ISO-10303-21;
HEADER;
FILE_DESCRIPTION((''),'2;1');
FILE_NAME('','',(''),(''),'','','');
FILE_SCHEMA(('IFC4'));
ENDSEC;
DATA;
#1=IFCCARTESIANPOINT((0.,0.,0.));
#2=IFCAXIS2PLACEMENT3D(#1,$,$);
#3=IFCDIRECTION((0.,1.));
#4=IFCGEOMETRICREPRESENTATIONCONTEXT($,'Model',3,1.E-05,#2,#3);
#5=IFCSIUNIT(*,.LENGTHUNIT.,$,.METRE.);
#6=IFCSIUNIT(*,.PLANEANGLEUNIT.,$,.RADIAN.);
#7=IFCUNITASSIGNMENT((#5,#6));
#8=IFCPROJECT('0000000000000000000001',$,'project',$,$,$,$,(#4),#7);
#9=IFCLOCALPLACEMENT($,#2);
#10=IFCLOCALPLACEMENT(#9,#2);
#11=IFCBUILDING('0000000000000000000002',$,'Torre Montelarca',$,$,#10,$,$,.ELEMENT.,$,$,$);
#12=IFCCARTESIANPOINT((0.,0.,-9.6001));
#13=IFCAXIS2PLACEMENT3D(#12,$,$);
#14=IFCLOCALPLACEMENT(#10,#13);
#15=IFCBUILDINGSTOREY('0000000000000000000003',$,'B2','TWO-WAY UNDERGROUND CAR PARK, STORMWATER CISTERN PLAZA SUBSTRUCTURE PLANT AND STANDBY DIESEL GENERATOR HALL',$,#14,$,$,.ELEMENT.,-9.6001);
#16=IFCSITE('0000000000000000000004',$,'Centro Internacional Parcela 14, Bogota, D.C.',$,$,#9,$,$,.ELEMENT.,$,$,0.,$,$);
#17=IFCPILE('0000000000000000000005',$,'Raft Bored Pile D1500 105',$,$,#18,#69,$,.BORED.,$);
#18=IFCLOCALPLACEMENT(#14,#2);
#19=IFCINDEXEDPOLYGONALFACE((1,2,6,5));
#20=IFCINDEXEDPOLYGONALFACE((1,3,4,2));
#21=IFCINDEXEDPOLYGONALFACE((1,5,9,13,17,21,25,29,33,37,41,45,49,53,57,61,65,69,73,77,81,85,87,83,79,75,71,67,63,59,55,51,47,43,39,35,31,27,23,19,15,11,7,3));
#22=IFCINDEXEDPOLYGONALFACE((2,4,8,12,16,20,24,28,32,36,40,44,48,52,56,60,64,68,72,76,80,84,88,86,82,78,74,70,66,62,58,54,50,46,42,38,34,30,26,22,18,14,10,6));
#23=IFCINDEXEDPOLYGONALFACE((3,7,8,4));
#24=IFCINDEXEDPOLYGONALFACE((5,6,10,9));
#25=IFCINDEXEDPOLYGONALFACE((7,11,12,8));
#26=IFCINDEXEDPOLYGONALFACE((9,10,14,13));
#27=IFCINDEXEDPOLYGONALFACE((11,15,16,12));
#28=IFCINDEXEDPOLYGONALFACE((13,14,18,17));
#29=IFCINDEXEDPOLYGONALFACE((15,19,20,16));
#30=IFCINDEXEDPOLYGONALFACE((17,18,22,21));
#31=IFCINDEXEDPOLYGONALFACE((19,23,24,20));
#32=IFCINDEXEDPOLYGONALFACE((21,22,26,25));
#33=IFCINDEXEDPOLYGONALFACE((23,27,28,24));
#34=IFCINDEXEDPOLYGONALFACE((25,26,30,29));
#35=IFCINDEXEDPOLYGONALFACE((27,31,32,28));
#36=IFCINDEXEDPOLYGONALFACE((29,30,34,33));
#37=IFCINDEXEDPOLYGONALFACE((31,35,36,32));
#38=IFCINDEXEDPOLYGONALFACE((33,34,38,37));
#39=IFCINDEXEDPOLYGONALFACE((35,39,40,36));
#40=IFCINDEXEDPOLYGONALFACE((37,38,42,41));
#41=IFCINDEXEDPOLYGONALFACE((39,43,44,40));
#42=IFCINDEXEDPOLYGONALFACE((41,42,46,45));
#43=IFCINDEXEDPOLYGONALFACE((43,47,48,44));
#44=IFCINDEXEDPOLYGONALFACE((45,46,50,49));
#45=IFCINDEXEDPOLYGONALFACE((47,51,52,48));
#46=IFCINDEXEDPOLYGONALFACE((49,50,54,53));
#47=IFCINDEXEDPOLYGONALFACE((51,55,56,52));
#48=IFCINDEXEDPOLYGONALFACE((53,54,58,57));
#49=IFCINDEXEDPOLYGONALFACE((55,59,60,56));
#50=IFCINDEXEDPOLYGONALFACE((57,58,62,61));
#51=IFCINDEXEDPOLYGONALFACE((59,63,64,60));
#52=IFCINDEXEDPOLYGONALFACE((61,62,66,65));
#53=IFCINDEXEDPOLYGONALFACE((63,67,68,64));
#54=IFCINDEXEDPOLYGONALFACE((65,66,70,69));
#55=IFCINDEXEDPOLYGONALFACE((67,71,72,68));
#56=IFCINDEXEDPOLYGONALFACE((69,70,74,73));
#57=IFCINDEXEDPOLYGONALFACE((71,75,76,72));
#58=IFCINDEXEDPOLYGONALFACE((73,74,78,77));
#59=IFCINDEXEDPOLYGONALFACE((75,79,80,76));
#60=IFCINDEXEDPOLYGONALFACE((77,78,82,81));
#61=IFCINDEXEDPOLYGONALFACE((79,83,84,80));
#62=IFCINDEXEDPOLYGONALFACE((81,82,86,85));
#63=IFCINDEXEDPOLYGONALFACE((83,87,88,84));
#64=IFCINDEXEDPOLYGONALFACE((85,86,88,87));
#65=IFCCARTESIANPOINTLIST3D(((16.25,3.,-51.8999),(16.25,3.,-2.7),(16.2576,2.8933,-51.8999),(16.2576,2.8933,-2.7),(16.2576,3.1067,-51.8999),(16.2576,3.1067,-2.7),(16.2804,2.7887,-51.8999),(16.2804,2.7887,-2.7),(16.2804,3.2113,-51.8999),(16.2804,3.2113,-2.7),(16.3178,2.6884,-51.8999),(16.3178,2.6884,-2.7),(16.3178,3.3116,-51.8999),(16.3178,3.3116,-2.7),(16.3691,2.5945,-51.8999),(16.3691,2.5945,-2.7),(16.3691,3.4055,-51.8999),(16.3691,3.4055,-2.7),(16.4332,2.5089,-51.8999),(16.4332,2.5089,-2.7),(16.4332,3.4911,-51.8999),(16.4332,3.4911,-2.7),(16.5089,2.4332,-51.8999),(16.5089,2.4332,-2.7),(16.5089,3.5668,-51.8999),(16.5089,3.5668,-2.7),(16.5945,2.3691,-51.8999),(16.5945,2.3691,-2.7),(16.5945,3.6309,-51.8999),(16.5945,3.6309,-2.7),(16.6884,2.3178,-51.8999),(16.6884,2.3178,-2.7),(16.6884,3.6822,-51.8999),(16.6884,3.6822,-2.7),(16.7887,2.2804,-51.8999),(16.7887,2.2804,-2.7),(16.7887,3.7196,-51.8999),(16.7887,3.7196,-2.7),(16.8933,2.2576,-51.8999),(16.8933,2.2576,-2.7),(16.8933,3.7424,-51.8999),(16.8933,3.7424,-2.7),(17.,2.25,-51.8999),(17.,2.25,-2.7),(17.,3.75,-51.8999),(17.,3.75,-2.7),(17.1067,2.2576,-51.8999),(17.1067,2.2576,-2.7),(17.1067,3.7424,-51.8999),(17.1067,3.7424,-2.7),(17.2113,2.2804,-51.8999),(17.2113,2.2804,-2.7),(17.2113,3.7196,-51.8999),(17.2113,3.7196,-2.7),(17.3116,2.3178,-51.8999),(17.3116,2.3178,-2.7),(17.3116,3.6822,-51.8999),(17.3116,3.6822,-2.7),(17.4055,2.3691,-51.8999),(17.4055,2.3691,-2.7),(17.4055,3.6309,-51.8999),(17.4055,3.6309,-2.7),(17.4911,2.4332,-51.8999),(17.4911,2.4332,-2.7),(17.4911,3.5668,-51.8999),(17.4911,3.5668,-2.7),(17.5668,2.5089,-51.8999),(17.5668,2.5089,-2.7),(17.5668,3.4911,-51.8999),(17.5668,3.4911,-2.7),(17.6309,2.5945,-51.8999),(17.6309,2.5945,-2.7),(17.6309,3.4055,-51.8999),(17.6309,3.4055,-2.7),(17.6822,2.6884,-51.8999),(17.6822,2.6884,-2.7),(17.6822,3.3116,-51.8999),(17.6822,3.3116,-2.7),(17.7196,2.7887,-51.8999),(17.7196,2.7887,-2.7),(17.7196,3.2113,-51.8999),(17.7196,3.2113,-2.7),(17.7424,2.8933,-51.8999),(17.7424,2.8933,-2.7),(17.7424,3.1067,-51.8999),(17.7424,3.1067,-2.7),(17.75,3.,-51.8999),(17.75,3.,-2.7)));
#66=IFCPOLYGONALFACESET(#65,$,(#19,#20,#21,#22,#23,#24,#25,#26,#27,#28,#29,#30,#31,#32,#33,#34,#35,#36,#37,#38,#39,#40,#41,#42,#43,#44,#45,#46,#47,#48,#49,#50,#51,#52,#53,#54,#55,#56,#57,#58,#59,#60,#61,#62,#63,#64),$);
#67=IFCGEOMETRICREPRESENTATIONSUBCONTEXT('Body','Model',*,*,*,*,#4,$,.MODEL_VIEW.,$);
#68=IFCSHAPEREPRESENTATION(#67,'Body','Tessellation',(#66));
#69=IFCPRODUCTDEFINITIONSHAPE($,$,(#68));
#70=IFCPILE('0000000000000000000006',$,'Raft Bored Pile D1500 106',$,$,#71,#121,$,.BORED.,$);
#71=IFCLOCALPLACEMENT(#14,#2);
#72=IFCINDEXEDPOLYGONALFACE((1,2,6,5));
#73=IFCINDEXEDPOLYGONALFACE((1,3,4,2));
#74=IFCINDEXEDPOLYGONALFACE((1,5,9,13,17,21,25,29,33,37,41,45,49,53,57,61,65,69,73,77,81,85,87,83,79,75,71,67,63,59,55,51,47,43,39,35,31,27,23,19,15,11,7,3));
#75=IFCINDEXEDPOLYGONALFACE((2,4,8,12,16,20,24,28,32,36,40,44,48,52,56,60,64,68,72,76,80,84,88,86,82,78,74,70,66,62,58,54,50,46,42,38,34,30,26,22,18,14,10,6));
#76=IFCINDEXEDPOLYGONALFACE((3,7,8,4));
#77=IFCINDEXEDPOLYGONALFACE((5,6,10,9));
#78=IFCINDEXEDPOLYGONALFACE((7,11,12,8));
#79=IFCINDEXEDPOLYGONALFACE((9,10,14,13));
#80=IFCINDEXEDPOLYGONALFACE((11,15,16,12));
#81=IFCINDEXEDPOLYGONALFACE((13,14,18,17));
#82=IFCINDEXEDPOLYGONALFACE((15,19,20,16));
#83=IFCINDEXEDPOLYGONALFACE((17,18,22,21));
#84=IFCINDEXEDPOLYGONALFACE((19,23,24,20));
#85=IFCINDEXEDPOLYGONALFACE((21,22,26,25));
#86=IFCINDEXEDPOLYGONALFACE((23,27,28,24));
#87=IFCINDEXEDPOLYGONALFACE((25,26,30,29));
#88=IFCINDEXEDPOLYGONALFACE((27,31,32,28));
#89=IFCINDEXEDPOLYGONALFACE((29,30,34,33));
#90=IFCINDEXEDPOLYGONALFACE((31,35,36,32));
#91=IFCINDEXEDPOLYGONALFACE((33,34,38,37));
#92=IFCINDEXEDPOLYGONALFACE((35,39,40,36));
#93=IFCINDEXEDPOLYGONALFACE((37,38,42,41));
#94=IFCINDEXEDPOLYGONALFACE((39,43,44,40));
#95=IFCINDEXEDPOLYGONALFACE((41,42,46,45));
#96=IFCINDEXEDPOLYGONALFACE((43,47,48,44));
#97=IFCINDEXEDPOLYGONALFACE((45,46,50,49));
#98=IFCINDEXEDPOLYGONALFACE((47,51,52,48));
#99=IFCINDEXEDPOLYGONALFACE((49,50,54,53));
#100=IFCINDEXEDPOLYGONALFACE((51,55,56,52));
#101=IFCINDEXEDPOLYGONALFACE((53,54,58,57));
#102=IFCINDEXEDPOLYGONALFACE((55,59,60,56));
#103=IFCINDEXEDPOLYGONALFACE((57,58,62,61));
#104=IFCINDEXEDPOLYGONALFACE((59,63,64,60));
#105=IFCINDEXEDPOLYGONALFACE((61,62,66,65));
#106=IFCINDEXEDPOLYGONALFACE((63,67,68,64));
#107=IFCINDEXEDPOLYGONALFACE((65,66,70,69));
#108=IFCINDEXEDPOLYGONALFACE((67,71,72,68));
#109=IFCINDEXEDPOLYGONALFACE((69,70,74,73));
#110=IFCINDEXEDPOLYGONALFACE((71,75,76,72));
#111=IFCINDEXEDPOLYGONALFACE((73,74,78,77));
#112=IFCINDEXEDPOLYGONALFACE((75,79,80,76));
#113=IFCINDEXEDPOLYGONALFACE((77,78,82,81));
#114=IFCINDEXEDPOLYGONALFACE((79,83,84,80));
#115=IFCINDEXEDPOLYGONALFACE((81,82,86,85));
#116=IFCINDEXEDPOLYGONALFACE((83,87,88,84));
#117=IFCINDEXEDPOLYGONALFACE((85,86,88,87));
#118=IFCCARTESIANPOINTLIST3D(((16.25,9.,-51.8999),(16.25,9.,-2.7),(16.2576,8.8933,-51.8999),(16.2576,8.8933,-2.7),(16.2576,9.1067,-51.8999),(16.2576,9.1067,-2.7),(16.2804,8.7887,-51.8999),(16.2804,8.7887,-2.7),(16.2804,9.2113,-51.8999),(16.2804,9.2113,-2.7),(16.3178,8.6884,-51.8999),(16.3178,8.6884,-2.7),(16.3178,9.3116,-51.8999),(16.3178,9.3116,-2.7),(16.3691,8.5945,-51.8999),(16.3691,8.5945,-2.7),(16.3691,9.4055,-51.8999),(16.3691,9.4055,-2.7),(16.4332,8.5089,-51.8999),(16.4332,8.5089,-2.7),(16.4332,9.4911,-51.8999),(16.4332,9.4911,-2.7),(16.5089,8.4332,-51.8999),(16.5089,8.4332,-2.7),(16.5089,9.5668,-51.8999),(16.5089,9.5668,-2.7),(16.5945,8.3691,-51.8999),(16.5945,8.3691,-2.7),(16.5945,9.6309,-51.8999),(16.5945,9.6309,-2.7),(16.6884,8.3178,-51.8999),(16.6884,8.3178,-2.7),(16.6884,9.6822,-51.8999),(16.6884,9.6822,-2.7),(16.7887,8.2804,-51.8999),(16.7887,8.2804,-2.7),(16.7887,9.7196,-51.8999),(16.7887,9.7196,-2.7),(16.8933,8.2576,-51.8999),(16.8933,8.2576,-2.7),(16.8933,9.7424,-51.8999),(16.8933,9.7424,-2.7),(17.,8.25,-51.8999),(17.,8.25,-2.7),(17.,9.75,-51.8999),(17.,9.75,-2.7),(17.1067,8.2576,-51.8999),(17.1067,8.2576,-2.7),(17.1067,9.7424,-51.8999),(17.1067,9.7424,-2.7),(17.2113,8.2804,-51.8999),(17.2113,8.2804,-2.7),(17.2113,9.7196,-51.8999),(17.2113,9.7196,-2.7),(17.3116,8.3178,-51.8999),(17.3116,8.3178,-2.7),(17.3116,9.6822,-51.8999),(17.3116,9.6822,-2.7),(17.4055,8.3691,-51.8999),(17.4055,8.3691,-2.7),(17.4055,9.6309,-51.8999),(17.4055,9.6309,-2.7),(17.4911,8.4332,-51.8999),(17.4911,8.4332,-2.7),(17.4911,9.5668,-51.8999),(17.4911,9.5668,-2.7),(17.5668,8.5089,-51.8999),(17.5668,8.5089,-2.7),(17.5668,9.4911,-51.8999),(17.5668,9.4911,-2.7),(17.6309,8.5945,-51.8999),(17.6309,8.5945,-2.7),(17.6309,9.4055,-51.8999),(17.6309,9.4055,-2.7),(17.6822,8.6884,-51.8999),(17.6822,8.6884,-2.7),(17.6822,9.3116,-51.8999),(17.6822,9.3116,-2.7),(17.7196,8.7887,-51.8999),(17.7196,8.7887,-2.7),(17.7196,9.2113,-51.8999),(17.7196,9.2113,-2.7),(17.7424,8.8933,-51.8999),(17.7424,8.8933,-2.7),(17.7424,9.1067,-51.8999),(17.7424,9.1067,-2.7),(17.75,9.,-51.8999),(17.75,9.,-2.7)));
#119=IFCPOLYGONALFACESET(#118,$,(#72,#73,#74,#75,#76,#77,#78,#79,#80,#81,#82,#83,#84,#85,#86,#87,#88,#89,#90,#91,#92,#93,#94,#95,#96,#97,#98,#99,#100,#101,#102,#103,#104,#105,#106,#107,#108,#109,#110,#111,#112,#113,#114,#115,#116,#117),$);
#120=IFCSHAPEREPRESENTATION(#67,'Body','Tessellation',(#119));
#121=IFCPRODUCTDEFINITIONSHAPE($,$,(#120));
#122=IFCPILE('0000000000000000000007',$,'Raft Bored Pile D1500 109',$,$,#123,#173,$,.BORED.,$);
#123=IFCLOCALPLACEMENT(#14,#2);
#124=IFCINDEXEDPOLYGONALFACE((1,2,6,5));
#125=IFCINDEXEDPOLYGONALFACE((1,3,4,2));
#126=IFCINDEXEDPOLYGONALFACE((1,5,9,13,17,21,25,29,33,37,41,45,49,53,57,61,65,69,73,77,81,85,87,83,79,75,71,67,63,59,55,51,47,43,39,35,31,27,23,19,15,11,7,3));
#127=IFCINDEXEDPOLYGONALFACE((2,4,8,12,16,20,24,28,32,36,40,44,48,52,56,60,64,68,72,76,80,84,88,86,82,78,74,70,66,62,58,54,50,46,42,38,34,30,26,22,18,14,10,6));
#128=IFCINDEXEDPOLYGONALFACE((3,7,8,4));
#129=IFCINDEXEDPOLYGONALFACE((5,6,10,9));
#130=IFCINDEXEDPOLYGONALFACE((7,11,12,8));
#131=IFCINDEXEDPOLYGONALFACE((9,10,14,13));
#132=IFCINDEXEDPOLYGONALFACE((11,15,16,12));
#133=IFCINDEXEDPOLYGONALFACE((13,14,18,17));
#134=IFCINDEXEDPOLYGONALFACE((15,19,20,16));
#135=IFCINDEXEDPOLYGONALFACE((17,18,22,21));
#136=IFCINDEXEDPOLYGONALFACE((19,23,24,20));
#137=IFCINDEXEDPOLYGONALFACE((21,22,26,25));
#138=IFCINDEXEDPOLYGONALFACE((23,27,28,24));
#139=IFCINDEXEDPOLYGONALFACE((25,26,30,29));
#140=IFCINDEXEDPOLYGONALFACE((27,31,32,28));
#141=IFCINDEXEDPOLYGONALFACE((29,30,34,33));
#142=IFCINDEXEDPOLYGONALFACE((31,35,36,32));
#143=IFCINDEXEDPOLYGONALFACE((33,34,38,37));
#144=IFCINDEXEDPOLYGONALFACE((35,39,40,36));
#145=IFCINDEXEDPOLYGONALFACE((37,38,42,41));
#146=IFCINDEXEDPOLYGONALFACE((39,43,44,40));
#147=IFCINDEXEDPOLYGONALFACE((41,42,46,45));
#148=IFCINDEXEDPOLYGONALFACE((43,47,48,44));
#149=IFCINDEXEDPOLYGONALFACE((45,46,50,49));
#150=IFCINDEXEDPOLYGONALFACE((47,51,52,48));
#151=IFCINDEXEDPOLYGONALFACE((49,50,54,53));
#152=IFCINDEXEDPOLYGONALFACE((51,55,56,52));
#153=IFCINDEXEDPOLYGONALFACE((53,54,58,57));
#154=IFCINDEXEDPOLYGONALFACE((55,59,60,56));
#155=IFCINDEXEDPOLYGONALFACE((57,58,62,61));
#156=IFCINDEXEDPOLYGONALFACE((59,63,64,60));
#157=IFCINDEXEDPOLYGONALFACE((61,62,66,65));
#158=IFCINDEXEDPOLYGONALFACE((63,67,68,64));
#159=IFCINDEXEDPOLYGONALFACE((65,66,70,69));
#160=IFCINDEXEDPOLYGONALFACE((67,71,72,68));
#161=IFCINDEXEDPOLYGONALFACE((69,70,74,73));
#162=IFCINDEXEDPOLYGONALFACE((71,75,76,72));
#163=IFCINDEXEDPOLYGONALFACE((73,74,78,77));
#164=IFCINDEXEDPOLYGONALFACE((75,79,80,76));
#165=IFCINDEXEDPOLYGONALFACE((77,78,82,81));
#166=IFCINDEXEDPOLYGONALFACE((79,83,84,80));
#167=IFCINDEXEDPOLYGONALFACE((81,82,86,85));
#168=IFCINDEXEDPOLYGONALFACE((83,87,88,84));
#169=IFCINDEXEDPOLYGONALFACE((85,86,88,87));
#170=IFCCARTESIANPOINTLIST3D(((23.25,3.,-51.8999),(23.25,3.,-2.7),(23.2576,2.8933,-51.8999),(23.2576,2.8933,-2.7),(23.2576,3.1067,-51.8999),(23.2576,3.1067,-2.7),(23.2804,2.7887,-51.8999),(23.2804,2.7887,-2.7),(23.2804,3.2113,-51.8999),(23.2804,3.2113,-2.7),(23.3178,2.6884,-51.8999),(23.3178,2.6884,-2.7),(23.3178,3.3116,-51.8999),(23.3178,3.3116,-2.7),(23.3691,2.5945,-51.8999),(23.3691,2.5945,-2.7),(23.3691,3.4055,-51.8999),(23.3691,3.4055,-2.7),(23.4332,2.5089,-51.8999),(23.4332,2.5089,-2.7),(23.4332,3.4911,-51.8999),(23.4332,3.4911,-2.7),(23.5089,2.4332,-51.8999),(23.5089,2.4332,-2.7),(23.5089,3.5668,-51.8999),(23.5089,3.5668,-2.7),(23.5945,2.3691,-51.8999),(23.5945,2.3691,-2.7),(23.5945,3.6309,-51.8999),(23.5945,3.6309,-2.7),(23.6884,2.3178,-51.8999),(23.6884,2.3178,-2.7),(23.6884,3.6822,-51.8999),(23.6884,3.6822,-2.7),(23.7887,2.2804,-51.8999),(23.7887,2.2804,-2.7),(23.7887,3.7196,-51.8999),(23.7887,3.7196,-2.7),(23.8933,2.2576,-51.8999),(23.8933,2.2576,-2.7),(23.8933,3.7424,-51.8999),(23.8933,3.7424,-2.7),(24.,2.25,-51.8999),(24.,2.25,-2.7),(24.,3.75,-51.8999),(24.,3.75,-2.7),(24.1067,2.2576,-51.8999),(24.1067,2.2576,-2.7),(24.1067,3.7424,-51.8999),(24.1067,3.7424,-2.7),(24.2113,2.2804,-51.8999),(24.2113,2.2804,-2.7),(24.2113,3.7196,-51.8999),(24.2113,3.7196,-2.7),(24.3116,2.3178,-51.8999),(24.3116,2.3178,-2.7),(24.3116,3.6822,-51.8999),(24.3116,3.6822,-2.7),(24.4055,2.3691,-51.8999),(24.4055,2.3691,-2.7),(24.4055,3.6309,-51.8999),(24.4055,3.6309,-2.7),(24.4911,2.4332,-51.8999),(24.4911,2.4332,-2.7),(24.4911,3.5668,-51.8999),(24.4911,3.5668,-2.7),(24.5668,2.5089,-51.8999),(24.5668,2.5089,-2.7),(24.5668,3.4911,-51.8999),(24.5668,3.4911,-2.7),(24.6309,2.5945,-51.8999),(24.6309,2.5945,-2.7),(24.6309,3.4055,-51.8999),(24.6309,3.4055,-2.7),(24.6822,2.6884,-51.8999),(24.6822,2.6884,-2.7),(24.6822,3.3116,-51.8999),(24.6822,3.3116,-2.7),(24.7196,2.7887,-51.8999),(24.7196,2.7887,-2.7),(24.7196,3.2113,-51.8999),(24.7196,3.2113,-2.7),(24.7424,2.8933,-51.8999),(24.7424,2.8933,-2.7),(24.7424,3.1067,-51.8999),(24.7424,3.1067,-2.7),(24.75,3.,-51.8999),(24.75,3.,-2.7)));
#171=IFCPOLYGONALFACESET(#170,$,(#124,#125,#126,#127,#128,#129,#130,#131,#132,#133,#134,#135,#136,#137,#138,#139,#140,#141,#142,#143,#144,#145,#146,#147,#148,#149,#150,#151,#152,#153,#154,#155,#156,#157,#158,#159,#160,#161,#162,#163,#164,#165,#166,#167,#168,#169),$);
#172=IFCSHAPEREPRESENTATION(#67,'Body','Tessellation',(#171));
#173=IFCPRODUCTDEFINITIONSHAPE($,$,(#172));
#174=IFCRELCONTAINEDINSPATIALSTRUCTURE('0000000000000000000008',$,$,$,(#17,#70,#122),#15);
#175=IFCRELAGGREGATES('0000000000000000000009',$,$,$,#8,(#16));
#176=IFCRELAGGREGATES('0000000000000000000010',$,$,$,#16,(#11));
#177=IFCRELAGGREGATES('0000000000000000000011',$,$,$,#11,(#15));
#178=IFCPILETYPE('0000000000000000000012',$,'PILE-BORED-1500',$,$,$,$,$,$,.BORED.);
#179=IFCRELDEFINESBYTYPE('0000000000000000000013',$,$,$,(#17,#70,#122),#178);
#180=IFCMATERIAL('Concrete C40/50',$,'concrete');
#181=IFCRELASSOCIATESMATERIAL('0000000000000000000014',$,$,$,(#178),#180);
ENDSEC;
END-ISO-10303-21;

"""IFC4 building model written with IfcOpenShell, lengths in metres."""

from ifc_helpers import new_model, si_unit, direction, frame, origin, origin_2d, place, context, subcontext, project, spatial, circle, extrude, source, transform, mapped, material, material_profile, profile_set, type_object, element, save


model = new_model("IFC4")

# Units and contexts
model_context = context("Model", 3, precision=1e-05, world=origin(), true_north=direction((0.0, 1.0)))
body_context = subcontext(model_context, "Body", "Model", "MODEL_VIEW")
ifc_project = project(units=[si_unit("LENGTHUNIT", "METRE"), si_unit("PLANEANGLEUNIT", "RADIAN")], contexts=[model_context])

# Site, building, storey
site_placement = place(None, origin())
site = spatial("IfcSite", under=ifc_project, at=site_placement, Name="Centro Internacional Parcela 14, Bogota, D.C.", CompositionType="ELEMENT", RefElevation=0.0)
building_placement = place(site_placement, origin())
building = spatial("IfcBuilding", under=site, at=building_placement, Name="Torre Montelarca", CompositionType="ELEMENT")
storey_placement = place(building_placement, frame((0.0, 0.0, -9.6001)))
storey = spatial("IfcBuildingStorey", under=building, at=storey_placement, Name="B2", Description="TWO-WAY UNDERGROUND CAR PARK, STORMWATER CISTERN PLAZA SUBSTRUCTURE PLANT AND STANDBY DIESEL GENERATOR HALL", CompositionType="ELEMENT", Elevation=-9.6001)

# Piles
ifc_material_1 = material(Name="Concrete C40/50", Category="concrete")
ifc_material_profile_1 = material_profile(ifc_material_1, circle(Radius=0.75, at=origin_2d()), Name="PILE-D1500", Category="concrete")
ifc_profile_set_1 = profile_set([ifc_material_profile_1], Name="Concrete C40/50")
pile_type = type_object("IfcPileType", Name="PILE-BORED-1500", PredefinedType="BORED", material=ifc_profile_set_1)
shared_shape_1 = source(origin(), body_context, "Body", "SweptSolid", [
    extrude(circle(Radius=0.75, at=origin_2d()), origin(), (0.0, 0.0, 1.0), 49.2),
])
for number, where, z_axis, x_axis, name in (
    (1, (17.0, 3.0, -2.7), (0.0, 0.0, -1.0), (1.0, 0.0, 0.0), "Raft Bored Pile D1500 105"),
    (2, (17.0, 9.0, -2.7), (0.0, 0.0, -1.0), (1.0, 0.0, 0.0), "Raft Bored Pile D1500 106"),
    (3, (24.0, 3.0, -2.7), (0.0, 0.0, -1.0), (1.0, 0.0, 0.0), "Raft Bored Pile D1500 109"),
):
    element("IfcPile", number, at=place(storey_placement, frame(where, z_axis=z_axis, x_axis=x_axis)), inside=storey, type_object=pile_type, Name=name, PredefinedType="BORED", context=body_context, shape_type="MappedRepresentation", body=[
        mapped(shared_shape_1, transform((0.0, 0.0, 0.0), scale=1.0)),
    ])

save(model, "model.ifc")
